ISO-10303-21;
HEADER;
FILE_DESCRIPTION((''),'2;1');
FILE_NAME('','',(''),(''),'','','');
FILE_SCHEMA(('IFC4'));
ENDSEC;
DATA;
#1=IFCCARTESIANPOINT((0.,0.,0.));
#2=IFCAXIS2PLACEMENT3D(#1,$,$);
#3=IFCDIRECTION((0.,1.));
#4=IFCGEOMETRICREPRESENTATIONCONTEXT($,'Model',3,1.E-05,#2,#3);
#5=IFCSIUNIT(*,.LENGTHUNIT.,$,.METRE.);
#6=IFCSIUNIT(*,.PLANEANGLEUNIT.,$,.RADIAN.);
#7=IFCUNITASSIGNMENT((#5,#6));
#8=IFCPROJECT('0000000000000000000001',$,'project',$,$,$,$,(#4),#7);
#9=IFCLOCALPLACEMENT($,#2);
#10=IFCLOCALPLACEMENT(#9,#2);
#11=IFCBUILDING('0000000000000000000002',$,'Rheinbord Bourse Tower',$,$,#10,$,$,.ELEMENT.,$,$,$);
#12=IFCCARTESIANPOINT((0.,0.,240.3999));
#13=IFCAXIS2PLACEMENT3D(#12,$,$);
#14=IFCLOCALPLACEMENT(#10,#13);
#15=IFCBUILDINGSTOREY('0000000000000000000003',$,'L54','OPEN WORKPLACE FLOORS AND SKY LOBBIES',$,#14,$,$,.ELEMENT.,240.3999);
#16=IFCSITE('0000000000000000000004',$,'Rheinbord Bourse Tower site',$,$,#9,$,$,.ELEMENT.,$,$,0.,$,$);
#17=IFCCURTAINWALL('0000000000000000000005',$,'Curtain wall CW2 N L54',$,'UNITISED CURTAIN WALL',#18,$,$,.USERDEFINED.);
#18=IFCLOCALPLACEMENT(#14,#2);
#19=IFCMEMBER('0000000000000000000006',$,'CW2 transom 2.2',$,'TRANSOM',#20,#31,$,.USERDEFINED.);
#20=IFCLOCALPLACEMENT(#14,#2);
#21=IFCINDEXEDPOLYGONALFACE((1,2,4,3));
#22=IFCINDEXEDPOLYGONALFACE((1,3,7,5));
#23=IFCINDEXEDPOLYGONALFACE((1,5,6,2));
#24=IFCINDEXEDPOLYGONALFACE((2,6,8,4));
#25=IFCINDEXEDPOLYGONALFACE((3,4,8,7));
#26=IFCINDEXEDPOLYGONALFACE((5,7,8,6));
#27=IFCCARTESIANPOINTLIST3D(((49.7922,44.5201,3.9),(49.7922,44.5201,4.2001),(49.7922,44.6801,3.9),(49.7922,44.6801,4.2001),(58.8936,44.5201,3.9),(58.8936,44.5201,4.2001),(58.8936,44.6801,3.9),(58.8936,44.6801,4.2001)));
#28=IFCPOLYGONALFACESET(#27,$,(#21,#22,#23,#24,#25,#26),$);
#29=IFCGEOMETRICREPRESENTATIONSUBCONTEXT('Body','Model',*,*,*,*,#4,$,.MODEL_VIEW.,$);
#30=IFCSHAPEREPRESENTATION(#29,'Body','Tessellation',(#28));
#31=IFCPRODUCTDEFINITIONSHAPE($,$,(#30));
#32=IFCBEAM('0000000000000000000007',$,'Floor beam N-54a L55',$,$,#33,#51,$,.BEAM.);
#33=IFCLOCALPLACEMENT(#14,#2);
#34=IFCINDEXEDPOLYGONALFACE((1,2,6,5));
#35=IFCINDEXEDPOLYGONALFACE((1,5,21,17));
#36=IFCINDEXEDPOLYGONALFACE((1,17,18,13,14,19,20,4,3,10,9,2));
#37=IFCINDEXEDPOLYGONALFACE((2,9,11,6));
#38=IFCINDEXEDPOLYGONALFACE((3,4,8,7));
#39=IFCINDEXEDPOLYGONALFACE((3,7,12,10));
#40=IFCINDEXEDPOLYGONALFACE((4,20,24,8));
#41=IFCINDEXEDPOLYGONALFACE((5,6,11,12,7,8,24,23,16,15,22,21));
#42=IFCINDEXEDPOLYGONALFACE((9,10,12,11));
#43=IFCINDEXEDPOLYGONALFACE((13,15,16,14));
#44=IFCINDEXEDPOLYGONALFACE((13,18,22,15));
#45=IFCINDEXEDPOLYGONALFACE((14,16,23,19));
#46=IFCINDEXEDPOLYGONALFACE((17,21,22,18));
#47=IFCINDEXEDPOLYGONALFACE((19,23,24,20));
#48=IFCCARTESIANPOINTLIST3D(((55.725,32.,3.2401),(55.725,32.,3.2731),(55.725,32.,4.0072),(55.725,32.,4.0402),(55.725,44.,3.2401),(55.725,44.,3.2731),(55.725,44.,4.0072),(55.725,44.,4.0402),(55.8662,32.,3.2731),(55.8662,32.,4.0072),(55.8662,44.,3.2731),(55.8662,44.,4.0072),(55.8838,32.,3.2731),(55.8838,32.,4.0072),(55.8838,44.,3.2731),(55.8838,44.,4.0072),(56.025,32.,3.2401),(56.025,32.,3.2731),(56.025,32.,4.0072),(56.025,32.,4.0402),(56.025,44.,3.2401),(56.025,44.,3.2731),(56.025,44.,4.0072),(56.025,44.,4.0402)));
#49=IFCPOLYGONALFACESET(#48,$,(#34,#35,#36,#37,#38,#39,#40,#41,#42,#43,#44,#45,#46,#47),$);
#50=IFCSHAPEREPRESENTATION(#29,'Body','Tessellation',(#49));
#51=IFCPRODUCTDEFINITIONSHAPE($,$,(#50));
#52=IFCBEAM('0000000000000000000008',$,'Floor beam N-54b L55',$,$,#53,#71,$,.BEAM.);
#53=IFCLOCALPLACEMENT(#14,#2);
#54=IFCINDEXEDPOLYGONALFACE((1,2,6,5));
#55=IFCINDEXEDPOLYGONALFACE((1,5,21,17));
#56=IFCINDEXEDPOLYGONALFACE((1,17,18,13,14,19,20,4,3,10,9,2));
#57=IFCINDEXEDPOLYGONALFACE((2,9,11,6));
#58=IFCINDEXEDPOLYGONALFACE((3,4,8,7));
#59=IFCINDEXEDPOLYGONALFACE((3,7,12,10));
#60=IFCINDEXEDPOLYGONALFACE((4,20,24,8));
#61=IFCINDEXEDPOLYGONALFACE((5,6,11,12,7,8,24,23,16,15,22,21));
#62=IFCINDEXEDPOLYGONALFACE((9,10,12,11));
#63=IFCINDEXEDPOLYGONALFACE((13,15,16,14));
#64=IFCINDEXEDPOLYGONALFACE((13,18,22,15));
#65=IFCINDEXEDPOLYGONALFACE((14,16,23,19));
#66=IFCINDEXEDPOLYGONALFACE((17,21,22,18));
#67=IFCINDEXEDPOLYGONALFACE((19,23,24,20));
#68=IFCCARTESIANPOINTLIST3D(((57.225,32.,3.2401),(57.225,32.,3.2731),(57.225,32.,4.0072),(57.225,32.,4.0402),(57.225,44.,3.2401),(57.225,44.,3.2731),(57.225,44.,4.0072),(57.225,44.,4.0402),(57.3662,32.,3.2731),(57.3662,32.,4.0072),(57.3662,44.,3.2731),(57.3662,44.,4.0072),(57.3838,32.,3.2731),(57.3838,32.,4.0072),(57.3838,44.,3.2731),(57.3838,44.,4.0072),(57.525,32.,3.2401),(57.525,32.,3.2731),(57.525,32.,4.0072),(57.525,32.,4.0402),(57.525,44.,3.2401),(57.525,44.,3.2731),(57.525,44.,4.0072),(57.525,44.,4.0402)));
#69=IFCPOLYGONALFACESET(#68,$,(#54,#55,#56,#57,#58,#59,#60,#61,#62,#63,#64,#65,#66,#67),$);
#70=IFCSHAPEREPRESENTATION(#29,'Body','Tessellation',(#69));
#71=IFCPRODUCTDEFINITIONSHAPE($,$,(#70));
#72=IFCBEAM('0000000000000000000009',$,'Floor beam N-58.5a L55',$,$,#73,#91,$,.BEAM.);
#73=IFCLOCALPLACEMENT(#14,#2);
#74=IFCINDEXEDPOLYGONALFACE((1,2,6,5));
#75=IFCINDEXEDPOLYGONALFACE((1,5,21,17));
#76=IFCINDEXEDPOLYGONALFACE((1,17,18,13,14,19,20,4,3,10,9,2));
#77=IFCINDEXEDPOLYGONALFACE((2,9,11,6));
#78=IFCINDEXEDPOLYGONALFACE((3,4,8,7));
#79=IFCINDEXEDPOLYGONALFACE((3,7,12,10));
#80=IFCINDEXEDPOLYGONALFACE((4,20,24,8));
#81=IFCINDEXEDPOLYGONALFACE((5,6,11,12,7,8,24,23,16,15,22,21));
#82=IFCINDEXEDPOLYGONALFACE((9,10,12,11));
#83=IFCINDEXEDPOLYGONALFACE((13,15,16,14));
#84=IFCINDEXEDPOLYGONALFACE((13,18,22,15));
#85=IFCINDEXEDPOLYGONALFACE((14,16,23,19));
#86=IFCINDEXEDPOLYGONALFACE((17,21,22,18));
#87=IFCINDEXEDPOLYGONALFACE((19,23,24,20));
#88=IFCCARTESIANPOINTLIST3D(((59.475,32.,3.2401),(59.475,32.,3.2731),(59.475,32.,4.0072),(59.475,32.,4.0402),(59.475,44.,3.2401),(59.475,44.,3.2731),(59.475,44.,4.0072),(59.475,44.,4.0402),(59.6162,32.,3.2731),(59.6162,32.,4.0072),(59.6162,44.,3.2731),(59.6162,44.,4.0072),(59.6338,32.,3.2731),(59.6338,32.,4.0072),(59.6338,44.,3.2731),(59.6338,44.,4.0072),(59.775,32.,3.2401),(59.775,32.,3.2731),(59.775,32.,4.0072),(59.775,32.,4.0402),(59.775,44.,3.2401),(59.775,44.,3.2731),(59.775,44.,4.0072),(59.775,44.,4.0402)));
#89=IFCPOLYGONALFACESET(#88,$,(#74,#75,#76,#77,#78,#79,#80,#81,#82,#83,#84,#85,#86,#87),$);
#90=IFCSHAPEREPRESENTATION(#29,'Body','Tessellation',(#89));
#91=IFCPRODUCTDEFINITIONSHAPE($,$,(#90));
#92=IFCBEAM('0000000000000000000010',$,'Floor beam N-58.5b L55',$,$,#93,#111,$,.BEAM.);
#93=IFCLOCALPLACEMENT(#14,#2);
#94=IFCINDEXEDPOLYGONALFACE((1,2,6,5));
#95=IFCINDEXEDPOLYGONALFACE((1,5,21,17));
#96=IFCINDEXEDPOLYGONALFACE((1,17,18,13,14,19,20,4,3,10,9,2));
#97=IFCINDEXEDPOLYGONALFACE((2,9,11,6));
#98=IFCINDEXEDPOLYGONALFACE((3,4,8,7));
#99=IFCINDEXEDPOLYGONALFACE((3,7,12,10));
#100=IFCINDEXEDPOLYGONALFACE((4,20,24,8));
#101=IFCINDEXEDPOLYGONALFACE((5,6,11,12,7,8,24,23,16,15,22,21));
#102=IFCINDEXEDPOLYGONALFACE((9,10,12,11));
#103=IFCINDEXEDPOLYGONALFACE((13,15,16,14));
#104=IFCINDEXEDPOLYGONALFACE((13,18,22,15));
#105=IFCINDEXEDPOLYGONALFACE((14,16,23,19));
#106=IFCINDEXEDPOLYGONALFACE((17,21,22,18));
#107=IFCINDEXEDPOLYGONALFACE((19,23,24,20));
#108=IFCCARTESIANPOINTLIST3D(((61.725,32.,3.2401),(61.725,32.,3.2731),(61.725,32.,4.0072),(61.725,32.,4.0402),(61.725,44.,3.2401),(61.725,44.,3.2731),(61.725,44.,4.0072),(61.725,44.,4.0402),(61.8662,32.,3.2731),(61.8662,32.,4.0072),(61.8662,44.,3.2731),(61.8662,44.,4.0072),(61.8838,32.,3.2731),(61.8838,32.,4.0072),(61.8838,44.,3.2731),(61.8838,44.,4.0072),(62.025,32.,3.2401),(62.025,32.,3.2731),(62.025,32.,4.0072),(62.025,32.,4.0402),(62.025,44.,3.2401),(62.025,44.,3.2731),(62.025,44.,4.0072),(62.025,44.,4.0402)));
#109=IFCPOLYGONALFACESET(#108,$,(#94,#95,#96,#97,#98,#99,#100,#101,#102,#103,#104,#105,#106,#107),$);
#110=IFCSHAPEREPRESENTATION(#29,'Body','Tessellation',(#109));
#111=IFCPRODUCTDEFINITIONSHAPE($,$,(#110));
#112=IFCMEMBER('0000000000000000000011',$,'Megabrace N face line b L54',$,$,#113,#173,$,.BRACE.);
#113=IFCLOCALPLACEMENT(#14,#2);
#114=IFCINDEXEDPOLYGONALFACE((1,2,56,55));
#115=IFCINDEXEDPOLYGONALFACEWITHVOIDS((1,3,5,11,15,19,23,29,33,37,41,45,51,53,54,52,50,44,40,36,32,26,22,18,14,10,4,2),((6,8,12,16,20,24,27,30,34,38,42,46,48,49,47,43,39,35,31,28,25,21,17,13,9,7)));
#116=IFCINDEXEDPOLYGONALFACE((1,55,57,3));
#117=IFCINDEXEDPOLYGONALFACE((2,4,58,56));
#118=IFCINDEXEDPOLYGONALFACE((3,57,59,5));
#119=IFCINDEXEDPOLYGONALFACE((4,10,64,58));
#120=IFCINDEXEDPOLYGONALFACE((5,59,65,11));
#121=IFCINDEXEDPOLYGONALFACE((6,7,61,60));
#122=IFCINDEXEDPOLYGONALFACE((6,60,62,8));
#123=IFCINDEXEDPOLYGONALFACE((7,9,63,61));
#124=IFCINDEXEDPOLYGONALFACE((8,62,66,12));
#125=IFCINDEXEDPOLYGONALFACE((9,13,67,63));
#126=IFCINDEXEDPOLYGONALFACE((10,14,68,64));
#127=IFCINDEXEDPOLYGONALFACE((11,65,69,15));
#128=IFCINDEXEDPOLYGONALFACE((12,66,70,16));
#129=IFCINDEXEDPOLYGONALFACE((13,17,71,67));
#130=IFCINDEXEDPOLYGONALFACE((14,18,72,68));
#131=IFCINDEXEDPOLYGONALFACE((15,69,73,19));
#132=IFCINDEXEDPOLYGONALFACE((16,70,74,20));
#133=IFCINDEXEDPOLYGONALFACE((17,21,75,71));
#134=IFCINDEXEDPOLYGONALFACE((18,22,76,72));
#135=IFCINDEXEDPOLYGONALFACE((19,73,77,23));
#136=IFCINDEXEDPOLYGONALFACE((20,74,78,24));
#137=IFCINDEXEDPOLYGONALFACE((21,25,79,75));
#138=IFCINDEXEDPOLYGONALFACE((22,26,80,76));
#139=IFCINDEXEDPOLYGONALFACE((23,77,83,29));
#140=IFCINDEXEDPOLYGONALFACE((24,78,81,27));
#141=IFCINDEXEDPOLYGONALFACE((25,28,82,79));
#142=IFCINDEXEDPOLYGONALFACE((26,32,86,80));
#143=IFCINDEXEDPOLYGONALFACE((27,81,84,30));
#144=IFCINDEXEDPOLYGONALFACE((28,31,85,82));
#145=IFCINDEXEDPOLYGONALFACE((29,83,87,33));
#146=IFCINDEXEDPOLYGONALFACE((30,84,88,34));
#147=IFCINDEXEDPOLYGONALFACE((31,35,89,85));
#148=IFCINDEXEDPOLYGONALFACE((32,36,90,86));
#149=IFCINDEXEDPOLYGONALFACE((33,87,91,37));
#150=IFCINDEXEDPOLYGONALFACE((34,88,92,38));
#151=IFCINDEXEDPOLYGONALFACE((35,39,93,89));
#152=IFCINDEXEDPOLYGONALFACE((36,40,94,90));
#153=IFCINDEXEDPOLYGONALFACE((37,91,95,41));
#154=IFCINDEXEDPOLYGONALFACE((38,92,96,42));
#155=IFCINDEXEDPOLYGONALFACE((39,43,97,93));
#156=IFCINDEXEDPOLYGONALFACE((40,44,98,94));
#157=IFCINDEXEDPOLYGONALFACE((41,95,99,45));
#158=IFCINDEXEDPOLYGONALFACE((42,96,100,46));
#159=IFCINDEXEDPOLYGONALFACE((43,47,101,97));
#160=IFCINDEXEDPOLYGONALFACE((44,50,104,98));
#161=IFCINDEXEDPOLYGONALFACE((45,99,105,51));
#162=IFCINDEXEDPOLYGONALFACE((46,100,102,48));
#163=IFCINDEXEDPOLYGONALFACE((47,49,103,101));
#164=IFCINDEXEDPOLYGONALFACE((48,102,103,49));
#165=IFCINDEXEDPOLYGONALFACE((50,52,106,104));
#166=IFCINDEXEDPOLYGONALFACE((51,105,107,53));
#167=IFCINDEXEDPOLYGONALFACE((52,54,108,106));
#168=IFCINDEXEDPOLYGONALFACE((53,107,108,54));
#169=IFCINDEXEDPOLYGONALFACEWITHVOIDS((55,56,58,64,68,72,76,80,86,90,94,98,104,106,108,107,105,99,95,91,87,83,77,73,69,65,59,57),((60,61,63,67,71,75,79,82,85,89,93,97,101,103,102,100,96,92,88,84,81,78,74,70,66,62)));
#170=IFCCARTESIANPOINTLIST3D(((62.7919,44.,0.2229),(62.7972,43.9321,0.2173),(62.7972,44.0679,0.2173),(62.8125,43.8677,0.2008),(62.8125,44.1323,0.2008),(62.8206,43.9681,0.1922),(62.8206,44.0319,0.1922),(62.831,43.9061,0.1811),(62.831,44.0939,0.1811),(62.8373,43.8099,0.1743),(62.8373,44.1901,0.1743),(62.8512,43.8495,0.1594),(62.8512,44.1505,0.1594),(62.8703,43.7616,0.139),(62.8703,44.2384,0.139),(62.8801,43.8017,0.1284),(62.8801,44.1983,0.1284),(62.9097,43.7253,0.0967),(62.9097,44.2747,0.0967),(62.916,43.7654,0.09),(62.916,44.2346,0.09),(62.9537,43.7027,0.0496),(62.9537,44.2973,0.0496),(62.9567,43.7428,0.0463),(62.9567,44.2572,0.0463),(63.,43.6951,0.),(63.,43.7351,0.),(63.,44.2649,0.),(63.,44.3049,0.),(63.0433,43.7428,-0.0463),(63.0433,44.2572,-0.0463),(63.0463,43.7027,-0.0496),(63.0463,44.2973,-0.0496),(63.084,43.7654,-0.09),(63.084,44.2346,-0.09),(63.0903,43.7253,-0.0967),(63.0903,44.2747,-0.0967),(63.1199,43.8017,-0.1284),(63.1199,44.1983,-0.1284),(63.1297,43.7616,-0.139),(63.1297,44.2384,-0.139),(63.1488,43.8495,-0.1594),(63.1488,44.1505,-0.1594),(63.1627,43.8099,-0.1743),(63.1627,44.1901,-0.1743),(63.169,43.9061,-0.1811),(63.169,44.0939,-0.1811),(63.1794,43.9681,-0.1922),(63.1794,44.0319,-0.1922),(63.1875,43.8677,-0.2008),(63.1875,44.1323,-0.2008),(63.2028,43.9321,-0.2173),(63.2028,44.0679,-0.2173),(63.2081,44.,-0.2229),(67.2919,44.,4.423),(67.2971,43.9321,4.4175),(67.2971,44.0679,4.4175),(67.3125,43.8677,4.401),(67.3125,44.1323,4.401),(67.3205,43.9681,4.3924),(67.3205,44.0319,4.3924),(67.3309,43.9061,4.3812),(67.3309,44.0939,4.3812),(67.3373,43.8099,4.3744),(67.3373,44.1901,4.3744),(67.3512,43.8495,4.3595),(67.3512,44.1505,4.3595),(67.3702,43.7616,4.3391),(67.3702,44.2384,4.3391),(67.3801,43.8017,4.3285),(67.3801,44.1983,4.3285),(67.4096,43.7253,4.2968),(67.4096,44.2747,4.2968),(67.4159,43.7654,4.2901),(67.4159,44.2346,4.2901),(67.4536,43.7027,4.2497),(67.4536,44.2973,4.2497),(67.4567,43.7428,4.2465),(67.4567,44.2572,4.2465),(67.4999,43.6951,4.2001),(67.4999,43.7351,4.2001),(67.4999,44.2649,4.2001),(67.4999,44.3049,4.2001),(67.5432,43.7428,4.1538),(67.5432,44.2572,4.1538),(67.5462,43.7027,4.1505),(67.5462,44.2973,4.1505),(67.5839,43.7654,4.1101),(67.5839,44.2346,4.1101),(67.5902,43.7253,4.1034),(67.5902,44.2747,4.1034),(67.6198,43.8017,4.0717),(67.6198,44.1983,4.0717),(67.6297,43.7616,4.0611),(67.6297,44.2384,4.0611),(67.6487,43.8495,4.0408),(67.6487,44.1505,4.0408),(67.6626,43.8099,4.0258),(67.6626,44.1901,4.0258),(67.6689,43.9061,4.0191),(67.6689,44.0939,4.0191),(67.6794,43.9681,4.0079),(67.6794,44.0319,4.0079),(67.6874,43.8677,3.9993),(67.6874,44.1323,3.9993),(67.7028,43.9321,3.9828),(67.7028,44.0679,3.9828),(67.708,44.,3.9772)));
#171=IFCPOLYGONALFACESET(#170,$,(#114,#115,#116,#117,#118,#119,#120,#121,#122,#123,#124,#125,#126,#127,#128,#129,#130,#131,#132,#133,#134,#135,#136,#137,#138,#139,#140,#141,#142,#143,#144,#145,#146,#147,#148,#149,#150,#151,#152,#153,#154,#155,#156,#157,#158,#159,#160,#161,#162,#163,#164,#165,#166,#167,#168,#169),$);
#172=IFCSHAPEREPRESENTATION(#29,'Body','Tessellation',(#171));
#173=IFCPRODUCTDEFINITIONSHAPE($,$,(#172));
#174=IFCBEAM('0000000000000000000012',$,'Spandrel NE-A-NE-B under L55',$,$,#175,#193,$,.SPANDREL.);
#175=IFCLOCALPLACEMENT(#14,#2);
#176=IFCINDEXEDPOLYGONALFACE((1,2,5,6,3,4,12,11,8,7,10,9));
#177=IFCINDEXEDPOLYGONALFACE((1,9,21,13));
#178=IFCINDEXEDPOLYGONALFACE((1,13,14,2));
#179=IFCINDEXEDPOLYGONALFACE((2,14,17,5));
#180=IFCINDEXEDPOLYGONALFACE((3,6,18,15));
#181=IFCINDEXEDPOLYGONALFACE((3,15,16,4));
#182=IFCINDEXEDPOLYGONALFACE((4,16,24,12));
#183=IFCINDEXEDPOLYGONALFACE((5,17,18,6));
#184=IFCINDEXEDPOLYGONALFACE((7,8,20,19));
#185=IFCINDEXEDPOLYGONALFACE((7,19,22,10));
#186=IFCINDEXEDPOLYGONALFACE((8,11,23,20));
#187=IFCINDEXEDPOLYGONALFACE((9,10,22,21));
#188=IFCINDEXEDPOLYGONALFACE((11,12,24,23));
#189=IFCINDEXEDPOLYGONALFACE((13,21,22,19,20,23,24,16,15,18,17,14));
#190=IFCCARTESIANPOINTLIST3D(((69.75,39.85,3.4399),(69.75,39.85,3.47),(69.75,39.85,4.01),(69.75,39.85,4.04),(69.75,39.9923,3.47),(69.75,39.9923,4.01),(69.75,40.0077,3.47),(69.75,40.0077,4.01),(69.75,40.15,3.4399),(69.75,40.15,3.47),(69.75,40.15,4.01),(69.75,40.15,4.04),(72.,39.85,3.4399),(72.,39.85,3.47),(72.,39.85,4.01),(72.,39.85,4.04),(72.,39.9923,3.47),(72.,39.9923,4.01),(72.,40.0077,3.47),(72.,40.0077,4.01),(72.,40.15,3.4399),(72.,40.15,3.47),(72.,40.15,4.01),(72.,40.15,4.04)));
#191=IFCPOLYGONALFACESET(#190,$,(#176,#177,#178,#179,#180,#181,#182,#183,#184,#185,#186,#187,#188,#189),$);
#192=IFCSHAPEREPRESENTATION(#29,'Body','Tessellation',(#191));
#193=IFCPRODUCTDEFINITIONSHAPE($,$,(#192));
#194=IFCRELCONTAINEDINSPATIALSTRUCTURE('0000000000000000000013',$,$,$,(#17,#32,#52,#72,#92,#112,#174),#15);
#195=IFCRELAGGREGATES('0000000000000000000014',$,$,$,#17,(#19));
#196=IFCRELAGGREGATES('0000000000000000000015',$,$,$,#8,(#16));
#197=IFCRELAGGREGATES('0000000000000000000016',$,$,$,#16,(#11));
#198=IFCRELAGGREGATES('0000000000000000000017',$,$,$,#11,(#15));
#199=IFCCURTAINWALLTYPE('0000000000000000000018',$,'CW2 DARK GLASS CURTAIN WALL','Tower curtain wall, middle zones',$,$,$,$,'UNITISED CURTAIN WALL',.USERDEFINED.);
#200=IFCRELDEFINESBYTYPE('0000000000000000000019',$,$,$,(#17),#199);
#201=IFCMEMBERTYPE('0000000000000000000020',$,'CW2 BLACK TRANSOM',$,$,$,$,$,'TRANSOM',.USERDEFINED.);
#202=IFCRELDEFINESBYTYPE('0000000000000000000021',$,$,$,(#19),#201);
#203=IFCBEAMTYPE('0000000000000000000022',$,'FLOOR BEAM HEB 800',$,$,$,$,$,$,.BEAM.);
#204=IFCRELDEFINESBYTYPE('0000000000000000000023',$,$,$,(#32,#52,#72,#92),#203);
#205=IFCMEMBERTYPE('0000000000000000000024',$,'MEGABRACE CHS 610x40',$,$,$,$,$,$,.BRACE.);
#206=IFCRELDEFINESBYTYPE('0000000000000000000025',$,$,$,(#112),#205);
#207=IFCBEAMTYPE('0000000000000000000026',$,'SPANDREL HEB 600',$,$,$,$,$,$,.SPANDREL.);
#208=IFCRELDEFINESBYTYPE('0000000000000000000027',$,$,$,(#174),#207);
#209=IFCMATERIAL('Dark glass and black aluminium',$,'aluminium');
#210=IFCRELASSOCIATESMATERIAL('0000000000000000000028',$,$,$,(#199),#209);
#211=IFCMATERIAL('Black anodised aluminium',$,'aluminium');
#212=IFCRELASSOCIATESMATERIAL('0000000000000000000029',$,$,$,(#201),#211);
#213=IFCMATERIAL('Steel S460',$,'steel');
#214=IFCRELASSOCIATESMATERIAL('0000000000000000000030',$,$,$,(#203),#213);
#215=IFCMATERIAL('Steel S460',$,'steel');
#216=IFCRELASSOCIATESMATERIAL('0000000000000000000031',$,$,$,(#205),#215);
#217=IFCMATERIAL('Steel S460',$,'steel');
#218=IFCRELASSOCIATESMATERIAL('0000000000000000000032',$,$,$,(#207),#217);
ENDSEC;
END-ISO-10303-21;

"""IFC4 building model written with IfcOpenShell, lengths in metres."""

from ifc_helpers import new_model, si_unit, direction, frame, origin, origin_2d, place, context, subcontext, project, spatial, rectangle, hollow_circle, i_section, extrude, material, material_profile, profile_set, type_object, element, aggregate, save


model = new_model("IFC4")

# Units and contexts
model_context = context("Model", 3, precision=1e-05, world=origin(), true_north=direction((0.0, 1.0)))
body_context = subcontext(model_context, "Body", "Model", "MODEL_VIEW")
ifc_project = project(units=[si_unit("LENGTHUNIT", "METRE"), si_unit("PLANEANGLEUNIT", "RADIAN")], contexts=[model_context])

# Site, building, storey
site_placement = place(None, origin())
site = spatial("IfcSite", under=ifc_project, at=site_placement, Name="Rheinbord Bourse Tower site", CompositionType="ELEMENT", RefElevation=0.0)
building_placement = place(site_placement, origin())
building = spatial("IfcBuilding", under=site, at=building_placement, Name="Rheinbord Bourse Tower", CompositionType="ELEMENT")
storey_placement = place(building_placement, frame((0.0, 0.0, 240.3999)))
storey = spatial("IfcBuildingStorey", under=building, at=storey_placement, Name="L54", Description="OPEN WORKPLACE FLOORS AND SKY LOBBIES", CompositionType="ELEMENT", Elevation=240.3999)

# Curtain wall
ifc_material_1 = material(Name="Dark glass and black aluminium", Category="aluminium")
curtain_wall_type = type_object("IfcCurtainWallType", Name="CW2 DARK GLASS CURTAIN WALL", Description="Tower curtain wall, middle zones", ElementType="UNITISED CURTAIN WALL", PredefinedType="USERDEFINED", material=ifc_material_1)
curtain_wall_1_placement = place(storey_placement, origin())
curtain_wall_1 = element("IfcCurtainWall", 1, at=curtain_wall_1_placement, inside=storey, type_object=curtain_wall_type, Name="Curtain wall CW2 N L54", ObjectType="UNITISED CURTAIN WALL", PredefinedType="USERDEFINED")

# Member
ifc_material_2 = material(Name="Black anodised aluminium", Category="aluminium")
ifc_material_profile_1 = material_profile(ifc_material_2, rectangle(XDim=0.1599, YDim=0.3, at=origin_2d()), Name="CW2 TRANSOM 300x160")
ifc_profile_set_1 = profile_set([ifc_material_profile_1], Name="Black anodised aluminium")
member_type_1 = type_object("IfcMemberType", Name="CW2 BLACK TRANSOM", ElementType="TRANSOM", PredefinedType="USERDEFINED", material=ifc_profile_set_1)
member_1_placement = place(storey_placement, frame((58.8936, 44.6001, 4.05), z_axis=(-1.0, 0.0, 0.0), x_axis=(0.0, -1.0, 0.0)))
member_1 = element("IfcMember", 2, at=member_1_placement, type_object=member_type_1, Name="CW2 transom 2.2", ObjectType="TRANSOM", PredefinedType="USERDEFINED", context=body_context, shape_type="SweptSolid", body=[
    extrude(rectangle(XDim=0.1599, YDim=0.3, at=origin_2d()), origin(), (0.0, 0.0, 1.0), 9.1013),
])

# Beams
ifc_material_3 = material(Name="Steel S460", Category="steel")
ifc_material_profile_2 = material_profile(ifc_material_3, i_section(OverallWidth=0.3, OverallDepth=0.8, WebThickness=0.0176, FlangeThickness=0.033, at=origin_2d()), Name="HEB 800")
ifc_profile_set_2 = profile_set([ifc_material_profile_2], Name="Steel S460")
beam_type_1 = type_object("IfcBeamType", Name="FLOOR BEAM HEB 800", PredefinedType="BEAM", material=ifc_profile_set_2)
for number, where, z_axis, x_axis, name in (
    (3, (55.875, 44.0, 3.6401), (0.0, -1.0, 0.0), (1.0, 0.0, 0.0), "Floor beam N-54a L55"),
    (4, (57.375, 44.0, 3.6401), (0.0, -1.0, 0.0), (1.0, 0.0, 0.0), "Floor beam N-54b L55"),
    (5, (59.625, 44.0, 3.6401), (0.0, -1.0, 0.0), (1.0, 0.0, 0.0), "Floor beam N-58.5a L55"),
    (6, (61.875, 44.0, 3.6401), (0.0, -1.0, 0.0), (1.0, 0.0, 0.0), "Floor beam N-58.5b L55"),
):
    element("IfcBeam", number, at=place(storey_placement, frame(where, z_axis=z_axis, x_axis=x_axis)), inside=storey, type_object=beam_type_1, Name=name, PredefinedType="BEAM", context=body_context, shape_type="SweptSolid", body=[
        extrude(i_section(OverallWidth=0.3, OverallDepth=0.8, WebThickness=0.0176, FlangeThickness=0.033, at=origin_2d()), origin(), (0.0, 0.0, 1.0), 12.0),
    ])

# Member
ifc_material_4 = material(Name="Steel S460", Category="steel")
ifc_material_profile_3 = material_profile(ifc_material_4, hollow_circle(Radius=0.3049, WallThickness=0.04, at=origin_2d()), Name="CHS 610x40")
ifc_profile_set_3 = profile_set([ifc_material_profile_3], Name="Steel S460")
member_type_2 = type_object("IfcMemberType", Name="MEGABRACE CHS 610x40", PredefinedType="BRACE", material=ifc_profile_set_3)
member_2_placement = place(storey_placement, frame((63.0, 44.0, 0.0), z_axis=(0.731039, 0.0, 0.682335), x_axis=(0.0, 1.0, 0.0)))
element("IfcMember", 7, at=member_2_placement, inside=storey, type_object=member_type_2, Name="Megabrace N face line b L54", PredefinedType="BRACE", context=body_context, shape_type="SweptSolid", body=[
    extrude(hollow_circle(Radius=0.3049, WallThickness=0.04, at=origin_2d()), origin(), (0.0, 0.0, 1.0), 6.1555),
])

# Beam
ifc_material_5 = material(Name="Steel S460", Category="steel")
ifc_material_profile_4 = material_profile(ifc_material_5, i_section(OverallWidth=0.3, OverallDepth=0.6001, WebThickness=0.0154, FlangeThickness=0.03, at=origin_2d()), Name="HEB 600")
ifc_profile_set_4 = profile_set([ifc_material_profile_4], Name="Steel S460")
beam_type_2 = type_object("IfcBeamType", Name="SPANDREL HEB 600", PredefinedType="SPANDREL", material=ifc_profile_set_4)
for number, where, z_axis, x_axis, name in (
    (8, (72.0, 40.0, 3.74), (-1.0, 0.0, 0.0), (0.0, -1.0, 0.0), "Spandrel NE-A-NE-B under L55"),
):
    element("IfcBeam", number, at=place(storey_placement, frame(where, z_axis=z_axis, x_axis=x_axis)), inside=storey, type_object=beam_type_2, Name=name, PredefinedType="SPANDREL", context=body_context, shape_type="SweptSolid", body=[
        extrude(i_section(OverallWidth=0.3, OverallDepth=0.6001, WebThickness=0.0154, FlangeThickness=0.03, at=origin_2d()), origin(), (0.0, 0.0, 1.0), 2.25),
    ])

aggregate(curtain_wall_1, [member_1])

save(model, "model.ifc")
